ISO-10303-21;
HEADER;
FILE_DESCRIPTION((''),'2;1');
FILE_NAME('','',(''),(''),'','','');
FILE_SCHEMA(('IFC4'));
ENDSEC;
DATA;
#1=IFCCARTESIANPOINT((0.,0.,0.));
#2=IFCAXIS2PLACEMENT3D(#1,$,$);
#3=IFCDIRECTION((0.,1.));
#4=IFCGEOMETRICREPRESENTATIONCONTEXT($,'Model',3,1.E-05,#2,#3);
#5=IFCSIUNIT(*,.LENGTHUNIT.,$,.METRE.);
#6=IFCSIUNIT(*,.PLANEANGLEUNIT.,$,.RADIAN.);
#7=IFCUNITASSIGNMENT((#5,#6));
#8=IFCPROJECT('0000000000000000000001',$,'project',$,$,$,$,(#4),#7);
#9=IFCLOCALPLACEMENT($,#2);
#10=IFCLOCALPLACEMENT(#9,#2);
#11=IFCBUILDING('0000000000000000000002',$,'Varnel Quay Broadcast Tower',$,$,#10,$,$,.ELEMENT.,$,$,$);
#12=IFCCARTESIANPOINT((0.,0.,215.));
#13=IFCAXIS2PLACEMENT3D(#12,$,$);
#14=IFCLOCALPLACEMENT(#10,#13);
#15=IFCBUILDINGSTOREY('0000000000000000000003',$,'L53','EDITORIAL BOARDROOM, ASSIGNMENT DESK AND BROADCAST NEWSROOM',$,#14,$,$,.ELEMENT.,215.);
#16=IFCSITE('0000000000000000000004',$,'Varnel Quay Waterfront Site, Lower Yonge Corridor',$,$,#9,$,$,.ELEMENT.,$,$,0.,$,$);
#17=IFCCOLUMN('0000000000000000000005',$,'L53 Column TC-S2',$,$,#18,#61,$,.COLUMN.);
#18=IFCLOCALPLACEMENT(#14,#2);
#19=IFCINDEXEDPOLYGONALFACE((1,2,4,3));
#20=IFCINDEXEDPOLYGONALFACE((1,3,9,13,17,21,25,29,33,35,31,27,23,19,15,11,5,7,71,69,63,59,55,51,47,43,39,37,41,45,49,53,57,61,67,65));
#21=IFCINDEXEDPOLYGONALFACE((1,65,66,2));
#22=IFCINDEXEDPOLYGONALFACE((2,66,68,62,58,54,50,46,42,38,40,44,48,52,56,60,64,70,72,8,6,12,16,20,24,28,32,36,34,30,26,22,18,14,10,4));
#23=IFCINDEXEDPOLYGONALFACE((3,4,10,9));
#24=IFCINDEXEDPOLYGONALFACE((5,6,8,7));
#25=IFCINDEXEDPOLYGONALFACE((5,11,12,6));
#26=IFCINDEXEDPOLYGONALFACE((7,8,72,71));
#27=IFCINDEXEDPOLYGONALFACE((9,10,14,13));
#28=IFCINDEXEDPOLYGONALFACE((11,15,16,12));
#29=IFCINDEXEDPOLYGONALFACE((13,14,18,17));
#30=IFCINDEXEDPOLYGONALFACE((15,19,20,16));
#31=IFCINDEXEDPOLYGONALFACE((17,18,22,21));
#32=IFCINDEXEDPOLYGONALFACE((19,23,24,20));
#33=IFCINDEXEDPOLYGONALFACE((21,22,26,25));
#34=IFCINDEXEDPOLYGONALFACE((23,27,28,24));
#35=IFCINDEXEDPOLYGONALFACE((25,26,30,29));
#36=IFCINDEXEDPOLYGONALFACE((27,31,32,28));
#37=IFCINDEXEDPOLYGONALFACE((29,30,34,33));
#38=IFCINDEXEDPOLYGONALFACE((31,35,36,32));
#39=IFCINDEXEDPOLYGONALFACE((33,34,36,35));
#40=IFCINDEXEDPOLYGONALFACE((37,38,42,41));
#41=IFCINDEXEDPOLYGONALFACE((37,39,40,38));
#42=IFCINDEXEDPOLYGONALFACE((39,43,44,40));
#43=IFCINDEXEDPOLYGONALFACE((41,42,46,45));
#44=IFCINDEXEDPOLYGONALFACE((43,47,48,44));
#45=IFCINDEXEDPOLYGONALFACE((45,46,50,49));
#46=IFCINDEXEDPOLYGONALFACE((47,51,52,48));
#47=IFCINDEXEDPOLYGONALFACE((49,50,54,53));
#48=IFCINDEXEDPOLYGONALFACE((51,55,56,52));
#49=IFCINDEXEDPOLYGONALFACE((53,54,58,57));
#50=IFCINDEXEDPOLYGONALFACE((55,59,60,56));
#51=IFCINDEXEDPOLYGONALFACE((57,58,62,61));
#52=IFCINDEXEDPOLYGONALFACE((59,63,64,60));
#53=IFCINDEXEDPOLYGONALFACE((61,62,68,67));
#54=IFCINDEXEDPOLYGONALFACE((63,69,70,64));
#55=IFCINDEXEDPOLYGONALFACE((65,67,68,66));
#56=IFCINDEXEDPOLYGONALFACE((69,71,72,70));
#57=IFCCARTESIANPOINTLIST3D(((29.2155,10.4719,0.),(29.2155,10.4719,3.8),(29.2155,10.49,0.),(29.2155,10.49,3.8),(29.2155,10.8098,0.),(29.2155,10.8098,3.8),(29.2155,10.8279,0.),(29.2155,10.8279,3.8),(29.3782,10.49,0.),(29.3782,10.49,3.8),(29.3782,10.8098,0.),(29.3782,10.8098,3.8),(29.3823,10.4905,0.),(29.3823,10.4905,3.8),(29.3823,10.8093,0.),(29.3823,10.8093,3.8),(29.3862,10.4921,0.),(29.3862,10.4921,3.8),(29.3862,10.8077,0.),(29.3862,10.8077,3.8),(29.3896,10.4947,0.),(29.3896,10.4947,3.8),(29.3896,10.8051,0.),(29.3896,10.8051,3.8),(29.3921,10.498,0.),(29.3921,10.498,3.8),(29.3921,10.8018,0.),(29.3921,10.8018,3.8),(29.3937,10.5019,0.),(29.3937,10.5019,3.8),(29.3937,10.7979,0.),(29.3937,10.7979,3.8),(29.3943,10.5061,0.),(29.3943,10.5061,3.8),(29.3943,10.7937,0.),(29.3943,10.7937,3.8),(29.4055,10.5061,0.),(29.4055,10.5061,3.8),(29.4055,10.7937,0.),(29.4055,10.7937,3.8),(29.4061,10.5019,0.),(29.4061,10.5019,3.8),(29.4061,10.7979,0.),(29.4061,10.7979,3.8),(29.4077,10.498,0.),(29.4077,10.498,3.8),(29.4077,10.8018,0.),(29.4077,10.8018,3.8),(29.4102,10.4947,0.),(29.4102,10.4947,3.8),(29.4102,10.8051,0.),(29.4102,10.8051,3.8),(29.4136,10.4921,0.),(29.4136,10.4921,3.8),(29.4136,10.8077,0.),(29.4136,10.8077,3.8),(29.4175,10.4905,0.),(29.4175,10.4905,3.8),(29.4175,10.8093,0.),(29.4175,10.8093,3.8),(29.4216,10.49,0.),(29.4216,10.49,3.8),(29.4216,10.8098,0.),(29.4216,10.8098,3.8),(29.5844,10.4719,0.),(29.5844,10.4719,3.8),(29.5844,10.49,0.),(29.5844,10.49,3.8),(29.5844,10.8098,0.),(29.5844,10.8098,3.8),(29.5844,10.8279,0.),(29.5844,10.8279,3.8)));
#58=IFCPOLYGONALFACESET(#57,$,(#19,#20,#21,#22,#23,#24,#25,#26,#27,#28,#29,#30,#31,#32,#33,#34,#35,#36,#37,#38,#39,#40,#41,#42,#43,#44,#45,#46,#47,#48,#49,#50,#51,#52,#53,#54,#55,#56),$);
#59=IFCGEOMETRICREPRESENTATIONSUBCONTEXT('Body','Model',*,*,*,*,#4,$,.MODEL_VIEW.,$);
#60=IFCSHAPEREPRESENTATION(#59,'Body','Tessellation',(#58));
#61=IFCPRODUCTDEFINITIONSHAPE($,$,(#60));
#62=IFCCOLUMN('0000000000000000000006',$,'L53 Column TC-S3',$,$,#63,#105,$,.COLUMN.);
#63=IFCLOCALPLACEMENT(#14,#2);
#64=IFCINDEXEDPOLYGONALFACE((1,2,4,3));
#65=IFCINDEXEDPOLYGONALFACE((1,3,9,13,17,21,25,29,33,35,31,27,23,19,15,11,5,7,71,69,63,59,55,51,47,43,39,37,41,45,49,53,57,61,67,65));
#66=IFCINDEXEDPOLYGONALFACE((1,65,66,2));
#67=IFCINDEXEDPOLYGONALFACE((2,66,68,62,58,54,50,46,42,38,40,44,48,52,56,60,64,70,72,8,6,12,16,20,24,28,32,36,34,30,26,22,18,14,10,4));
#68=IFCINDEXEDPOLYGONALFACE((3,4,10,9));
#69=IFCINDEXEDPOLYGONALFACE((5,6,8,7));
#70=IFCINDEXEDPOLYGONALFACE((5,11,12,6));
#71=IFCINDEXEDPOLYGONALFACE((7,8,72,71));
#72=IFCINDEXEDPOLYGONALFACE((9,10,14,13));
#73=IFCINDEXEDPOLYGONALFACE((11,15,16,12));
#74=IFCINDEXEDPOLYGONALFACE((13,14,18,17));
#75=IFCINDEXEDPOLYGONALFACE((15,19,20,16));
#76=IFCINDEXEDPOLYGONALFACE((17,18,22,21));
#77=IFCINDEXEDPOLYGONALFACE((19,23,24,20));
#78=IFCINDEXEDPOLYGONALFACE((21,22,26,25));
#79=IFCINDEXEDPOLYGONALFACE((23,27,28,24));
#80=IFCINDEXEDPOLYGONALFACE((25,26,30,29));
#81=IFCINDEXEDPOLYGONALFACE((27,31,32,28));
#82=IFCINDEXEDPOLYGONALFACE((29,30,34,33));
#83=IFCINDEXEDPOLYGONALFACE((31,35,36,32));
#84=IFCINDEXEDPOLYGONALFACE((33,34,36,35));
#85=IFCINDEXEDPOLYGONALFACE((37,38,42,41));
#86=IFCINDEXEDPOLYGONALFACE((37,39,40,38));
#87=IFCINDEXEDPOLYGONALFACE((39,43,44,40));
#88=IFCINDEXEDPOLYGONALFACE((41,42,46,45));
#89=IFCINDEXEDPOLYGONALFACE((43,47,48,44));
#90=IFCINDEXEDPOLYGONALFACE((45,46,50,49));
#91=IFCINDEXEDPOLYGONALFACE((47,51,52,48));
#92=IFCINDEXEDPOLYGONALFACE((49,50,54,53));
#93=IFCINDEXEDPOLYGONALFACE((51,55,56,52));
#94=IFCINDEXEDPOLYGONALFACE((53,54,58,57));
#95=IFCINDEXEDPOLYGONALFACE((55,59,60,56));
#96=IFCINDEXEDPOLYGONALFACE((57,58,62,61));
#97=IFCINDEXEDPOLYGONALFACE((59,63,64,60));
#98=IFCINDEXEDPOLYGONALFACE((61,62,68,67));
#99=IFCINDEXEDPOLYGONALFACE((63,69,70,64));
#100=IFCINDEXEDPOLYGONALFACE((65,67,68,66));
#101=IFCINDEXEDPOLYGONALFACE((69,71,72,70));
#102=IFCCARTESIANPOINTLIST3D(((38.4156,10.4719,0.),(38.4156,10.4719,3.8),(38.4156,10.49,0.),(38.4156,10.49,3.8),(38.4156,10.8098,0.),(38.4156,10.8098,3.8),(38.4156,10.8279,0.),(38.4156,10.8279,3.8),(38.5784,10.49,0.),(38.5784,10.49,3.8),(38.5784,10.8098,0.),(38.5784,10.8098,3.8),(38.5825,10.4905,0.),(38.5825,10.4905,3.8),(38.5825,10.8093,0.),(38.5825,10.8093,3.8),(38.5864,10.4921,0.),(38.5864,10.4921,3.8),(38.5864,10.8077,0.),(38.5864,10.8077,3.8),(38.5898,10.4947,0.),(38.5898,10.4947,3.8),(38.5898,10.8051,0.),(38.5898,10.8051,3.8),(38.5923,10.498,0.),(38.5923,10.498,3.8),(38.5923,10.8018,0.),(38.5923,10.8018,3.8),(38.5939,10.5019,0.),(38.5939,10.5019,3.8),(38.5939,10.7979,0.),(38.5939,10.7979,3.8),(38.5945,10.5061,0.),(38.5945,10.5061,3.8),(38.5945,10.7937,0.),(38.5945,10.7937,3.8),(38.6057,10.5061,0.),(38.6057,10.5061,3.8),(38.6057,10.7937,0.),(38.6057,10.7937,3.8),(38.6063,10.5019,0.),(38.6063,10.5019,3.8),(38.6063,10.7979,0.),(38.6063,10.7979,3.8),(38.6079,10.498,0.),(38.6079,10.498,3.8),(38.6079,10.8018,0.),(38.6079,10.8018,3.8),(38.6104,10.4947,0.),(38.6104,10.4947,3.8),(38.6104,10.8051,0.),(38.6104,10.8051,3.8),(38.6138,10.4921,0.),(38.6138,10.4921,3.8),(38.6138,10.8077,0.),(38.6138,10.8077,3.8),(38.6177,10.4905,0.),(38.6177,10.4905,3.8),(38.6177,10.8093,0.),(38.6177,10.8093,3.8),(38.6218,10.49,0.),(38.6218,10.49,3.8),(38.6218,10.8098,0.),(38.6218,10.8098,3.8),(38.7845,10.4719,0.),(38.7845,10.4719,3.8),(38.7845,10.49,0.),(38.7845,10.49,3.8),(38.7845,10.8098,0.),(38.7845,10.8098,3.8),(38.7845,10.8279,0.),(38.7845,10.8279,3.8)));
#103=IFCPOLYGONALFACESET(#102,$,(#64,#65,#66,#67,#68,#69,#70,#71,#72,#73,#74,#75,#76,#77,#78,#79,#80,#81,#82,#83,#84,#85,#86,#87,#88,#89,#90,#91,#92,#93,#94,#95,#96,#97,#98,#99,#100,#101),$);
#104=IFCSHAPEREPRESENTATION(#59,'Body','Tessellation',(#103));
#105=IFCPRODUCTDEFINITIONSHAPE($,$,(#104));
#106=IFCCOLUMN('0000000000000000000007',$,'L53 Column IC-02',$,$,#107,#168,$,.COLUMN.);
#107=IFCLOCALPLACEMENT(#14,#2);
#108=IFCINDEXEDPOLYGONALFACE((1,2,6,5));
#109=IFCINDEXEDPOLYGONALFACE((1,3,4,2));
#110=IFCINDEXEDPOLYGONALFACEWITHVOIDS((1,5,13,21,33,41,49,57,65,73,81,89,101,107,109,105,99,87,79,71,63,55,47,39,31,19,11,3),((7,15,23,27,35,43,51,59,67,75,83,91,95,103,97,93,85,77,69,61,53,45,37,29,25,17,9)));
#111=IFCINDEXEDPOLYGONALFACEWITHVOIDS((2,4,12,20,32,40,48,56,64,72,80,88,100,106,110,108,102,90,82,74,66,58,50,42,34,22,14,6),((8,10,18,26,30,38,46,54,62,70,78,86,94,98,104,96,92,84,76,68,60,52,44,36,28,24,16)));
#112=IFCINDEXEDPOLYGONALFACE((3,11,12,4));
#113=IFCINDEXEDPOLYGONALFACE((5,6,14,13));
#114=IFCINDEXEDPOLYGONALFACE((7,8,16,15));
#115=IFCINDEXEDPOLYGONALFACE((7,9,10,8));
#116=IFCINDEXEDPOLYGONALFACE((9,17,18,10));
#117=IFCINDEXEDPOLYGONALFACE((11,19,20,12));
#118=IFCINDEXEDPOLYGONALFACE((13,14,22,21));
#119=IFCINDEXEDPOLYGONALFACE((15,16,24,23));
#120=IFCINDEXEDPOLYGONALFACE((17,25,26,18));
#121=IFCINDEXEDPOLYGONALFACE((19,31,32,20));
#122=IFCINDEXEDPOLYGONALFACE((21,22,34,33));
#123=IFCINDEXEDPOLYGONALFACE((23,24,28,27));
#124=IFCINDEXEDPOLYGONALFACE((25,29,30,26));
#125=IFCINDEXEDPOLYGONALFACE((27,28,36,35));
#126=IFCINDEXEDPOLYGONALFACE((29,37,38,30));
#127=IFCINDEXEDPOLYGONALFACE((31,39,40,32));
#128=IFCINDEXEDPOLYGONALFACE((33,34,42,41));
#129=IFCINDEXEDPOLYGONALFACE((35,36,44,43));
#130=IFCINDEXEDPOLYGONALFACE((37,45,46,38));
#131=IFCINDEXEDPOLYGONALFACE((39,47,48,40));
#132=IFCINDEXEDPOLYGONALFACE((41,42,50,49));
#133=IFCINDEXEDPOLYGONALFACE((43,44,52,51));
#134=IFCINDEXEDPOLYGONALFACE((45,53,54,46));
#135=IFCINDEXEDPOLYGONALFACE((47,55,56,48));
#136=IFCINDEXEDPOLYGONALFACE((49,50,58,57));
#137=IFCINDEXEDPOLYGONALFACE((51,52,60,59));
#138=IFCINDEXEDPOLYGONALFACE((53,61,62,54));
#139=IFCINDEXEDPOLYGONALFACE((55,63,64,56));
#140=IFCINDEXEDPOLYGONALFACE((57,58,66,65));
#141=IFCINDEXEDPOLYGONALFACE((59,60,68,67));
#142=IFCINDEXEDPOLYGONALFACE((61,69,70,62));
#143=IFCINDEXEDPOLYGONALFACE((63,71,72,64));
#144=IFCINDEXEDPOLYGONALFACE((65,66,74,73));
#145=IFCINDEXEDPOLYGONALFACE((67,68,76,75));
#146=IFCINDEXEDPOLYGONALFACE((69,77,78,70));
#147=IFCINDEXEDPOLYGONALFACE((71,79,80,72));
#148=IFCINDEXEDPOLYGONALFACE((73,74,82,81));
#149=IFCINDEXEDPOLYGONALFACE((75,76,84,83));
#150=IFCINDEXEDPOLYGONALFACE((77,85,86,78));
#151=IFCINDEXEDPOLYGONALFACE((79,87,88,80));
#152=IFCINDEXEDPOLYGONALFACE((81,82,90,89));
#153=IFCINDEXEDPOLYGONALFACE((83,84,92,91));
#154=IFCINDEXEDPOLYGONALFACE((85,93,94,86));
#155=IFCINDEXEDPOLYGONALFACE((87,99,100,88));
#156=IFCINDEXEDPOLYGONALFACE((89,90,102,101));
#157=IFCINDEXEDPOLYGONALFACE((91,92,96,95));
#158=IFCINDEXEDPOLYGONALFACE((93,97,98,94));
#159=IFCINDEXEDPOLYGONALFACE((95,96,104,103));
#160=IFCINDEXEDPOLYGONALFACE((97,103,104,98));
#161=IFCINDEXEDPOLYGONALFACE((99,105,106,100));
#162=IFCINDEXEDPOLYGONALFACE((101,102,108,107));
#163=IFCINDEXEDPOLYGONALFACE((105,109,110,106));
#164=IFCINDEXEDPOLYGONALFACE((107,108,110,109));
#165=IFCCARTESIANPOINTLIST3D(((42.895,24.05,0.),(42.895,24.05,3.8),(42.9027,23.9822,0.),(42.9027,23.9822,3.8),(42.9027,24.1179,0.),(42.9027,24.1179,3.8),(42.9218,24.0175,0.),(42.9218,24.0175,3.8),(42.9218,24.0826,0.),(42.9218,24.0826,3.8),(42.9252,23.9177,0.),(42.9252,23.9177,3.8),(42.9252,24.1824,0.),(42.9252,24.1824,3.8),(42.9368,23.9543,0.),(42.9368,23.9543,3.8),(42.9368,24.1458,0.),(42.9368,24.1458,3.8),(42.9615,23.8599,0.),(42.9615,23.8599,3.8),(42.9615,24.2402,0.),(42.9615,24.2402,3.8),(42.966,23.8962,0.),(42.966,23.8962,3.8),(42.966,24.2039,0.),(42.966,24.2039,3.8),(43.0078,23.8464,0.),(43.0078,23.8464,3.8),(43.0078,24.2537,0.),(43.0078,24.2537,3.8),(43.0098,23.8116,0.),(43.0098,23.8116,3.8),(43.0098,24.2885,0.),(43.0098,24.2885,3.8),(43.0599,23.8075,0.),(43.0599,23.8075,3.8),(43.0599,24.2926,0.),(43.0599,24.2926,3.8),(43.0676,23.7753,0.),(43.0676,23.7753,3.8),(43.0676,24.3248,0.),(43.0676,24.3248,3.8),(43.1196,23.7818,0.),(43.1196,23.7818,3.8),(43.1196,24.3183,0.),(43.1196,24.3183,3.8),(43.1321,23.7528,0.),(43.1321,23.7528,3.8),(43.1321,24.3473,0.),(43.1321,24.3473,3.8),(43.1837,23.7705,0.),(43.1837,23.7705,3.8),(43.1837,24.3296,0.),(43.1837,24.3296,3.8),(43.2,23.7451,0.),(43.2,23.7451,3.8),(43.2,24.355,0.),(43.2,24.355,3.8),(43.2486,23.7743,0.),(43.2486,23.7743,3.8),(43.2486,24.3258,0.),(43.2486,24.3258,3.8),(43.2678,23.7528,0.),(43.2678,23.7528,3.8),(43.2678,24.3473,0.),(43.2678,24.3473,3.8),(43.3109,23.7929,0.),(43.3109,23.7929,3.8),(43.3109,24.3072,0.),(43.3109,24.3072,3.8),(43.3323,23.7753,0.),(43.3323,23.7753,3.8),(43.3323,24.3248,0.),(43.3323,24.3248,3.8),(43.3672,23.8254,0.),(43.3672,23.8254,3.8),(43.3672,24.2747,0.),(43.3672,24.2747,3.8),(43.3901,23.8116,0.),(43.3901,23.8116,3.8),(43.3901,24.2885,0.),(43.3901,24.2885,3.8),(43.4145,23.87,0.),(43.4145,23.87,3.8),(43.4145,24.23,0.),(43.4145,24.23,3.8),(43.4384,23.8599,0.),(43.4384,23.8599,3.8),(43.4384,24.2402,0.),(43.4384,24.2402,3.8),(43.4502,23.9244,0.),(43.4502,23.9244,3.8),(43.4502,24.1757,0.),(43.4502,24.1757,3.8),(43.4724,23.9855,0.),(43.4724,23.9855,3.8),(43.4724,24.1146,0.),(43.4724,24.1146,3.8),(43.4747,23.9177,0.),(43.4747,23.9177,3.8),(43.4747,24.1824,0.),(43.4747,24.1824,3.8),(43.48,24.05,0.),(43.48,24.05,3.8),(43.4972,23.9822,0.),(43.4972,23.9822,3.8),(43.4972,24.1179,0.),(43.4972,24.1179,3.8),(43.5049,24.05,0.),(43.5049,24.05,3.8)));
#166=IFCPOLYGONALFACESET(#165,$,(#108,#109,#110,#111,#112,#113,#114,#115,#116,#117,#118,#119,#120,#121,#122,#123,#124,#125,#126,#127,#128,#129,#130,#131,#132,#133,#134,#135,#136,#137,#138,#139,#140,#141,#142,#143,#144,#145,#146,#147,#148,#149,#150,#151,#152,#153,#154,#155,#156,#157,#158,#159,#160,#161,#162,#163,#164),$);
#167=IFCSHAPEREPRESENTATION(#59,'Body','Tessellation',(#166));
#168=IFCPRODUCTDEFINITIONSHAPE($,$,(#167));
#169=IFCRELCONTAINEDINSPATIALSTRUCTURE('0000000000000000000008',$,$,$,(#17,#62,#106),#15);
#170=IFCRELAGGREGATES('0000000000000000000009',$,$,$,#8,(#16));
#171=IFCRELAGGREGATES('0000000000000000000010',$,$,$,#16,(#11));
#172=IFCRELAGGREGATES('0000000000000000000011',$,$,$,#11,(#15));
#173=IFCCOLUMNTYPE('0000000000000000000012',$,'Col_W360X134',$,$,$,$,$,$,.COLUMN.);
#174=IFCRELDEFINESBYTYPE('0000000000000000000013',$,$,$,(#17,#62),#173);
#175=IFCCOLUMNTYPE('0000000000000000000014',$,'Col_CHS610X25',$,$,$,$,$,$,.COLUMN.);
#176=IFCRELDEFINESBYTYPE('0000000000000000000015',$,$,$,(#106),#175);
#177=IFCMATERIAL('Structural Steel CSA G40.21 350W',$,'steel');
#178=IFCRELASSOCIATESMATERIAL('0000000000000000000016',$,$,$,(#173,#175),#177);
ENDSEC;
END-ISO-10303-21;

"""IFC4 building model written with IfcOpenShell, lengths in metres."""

from ifc_helpers import new_model, si_unit, direction, frame, origin, origin_2d, place, context, subcontext, project, spatial, hollow_circle, i_section, extrude, source, transform, mapped, material, material_profile, profile_set, type_object, type_shapes, element, save


model = new_model("IFC4")

# Units and contexts
model_context = context("Model", 3, precision=1e-05, world=origin(), true_north=direction((0.0, 1.0)))
body_context = subcontext(model_context, "Body", "Model", "MODEL_VIEW")
ifc_project = project(units=[si_unit("LENGTHUNIT", "METRE"), si_unit("PLANEANGLEUNIT", "RADIAN")], contexts=[model_context])

# Site, building, storey
site_placement = place(None, origin())
site = spatial("IfcSite", under=ifc_project, at=site_placement, Name="Varnel Quay Waterfront Site, Lower Yonge Corridor", CompositionType="ELEMENT", RefElevation=0.0)
building_placement = place(site_placement, origin())
building = spatial("IfcBuilding", under=site, at=building_placement, Name="Varnel Quay Broadcast Tower", CompositionType="ELEMENT")
storey_placement = place(building_placement, frame((0.0, 0.0, 215.0)))
storey = spatial("IfcBuildingStorey", under=building, at=storey_placement, Name="L53", Description="EDITORIAL BOARDROOM, ASSIGNMENT DESK AND BROADCAST NEWSROOM", CompositionType="ELEMENT", Elevation=215.0)

# Columns
ifc_material_1 = material(Name="Structural Steel CSA G40.21 350W", Category="steel")
ifc_material_profile_1 = material_profile(ifc_material_1, i_section(OverallWidth=0.3689, OverallDepth=0.356, WebThickness=0.0112, FlangeThickness=0.0181, FilletRadius=0.0161, at=origin_2d()), Name="W360X134")
ifc_profile_set_1 = profile_set([ifc_material_profile_1], Name="Structural Steel CSA G40.21 350W")
column_type_1 = type_object("IfcColumnType", Name="Col_W360X134", PredefinedType="COLUMN", material=ifc_profile_set_1)
shared_shape_1 = source(origin(), body_context, "Body", "SweptSolid", [
    extrude(i_section(OverallWidth=0.3689, OverallDepth=0.356, WebThickness=0.0112, FlangeThickness=0.0181, FilletRadius=0.0161, at=origin_2d()), origin(), (0.0, 0.0, 1.0), 3.8),
])
type_shapes(column_type_1, [shared_shape_1])
for number, where, z_axis, x_axis, name in (
    (1, (29.3999, 10.6499, 0.0), (0.0, 0.0, 1.0), (1.0, 0.0, 0.0), "L53 Column TC-S2"),
    (2, (38.6001, 10.6499, 0.0), (0.0, 0.0, 1.0), (1.0, 0.0, 0.0), "L53 Column TC-S3"),
):
    element("IfcColumn", number, at=place(storey_placement, frame(where, z_axis=z_axis, x_axis=x_axis)), inside=storey, type_object=column_type_1, Name=name, PredefinedType="COLUMN", context=body_context, shape_type="MappedRepresentation", body=[
        mapped(shared_shape_1, transform((0.0, 0.0, 0.0), x_axis=(1.0, 0.0, 0.0), y_axis=(0.0, 1.0, 0.0), z_axis=(0.0, 0.0, 1.0), scale=1.0)),
    ])
ifc_material_profile_2 = material_profile(ifc_material_1, hollow_circle(Radius=0.3049, WallThickness=0.0249, at=origin_2d()), Name="CHS610X25")
ifc_profile_set_2 = profile_set([ifc_material_profile_2], Name="Structural Steel CSA G40.21 350W")
column_type_2 = type_object("IfcColumnType", Name="Col_CHS610X25", PredefinedType="COLUMN", material=ifc_profile_set_2)
shared_shape_2 = source(origin(), body_context, "Body", "SweptSolid", [
    extrude(hollow_circle(Radius=0.3049, WallThickness=0.0249, at=origin_2d()), origin(), (0.0, 0.0, 1.0), 3.8),
])
type_shapes(column_type_2, [shared_shape_2])
column_placement = place(storey_placement, frame((43.2, 24.05, 0.0), z_axis=(0.0, 0.0, 1.0), x_axis=(1.0, 0.0, 0.0)))
element("IfcColumn", 3, at=column_placement, inside=storey, type_object=column_type_2, Name="L53 Column IC-02", PredefinedType="COLUMN", context=body_context, shape_type="MappedRepresentation", body=[
    mapped(shared_shape_2, transform((0.0, 0.0, 0.0), x_axis=(1.0, 0.0, 0.0), y_axis=(0.0, 1.0, 0.0), z_axis=(0.0, 0.0, 1.0), scale=1.0)),
])

save(model, "model.ifc")
